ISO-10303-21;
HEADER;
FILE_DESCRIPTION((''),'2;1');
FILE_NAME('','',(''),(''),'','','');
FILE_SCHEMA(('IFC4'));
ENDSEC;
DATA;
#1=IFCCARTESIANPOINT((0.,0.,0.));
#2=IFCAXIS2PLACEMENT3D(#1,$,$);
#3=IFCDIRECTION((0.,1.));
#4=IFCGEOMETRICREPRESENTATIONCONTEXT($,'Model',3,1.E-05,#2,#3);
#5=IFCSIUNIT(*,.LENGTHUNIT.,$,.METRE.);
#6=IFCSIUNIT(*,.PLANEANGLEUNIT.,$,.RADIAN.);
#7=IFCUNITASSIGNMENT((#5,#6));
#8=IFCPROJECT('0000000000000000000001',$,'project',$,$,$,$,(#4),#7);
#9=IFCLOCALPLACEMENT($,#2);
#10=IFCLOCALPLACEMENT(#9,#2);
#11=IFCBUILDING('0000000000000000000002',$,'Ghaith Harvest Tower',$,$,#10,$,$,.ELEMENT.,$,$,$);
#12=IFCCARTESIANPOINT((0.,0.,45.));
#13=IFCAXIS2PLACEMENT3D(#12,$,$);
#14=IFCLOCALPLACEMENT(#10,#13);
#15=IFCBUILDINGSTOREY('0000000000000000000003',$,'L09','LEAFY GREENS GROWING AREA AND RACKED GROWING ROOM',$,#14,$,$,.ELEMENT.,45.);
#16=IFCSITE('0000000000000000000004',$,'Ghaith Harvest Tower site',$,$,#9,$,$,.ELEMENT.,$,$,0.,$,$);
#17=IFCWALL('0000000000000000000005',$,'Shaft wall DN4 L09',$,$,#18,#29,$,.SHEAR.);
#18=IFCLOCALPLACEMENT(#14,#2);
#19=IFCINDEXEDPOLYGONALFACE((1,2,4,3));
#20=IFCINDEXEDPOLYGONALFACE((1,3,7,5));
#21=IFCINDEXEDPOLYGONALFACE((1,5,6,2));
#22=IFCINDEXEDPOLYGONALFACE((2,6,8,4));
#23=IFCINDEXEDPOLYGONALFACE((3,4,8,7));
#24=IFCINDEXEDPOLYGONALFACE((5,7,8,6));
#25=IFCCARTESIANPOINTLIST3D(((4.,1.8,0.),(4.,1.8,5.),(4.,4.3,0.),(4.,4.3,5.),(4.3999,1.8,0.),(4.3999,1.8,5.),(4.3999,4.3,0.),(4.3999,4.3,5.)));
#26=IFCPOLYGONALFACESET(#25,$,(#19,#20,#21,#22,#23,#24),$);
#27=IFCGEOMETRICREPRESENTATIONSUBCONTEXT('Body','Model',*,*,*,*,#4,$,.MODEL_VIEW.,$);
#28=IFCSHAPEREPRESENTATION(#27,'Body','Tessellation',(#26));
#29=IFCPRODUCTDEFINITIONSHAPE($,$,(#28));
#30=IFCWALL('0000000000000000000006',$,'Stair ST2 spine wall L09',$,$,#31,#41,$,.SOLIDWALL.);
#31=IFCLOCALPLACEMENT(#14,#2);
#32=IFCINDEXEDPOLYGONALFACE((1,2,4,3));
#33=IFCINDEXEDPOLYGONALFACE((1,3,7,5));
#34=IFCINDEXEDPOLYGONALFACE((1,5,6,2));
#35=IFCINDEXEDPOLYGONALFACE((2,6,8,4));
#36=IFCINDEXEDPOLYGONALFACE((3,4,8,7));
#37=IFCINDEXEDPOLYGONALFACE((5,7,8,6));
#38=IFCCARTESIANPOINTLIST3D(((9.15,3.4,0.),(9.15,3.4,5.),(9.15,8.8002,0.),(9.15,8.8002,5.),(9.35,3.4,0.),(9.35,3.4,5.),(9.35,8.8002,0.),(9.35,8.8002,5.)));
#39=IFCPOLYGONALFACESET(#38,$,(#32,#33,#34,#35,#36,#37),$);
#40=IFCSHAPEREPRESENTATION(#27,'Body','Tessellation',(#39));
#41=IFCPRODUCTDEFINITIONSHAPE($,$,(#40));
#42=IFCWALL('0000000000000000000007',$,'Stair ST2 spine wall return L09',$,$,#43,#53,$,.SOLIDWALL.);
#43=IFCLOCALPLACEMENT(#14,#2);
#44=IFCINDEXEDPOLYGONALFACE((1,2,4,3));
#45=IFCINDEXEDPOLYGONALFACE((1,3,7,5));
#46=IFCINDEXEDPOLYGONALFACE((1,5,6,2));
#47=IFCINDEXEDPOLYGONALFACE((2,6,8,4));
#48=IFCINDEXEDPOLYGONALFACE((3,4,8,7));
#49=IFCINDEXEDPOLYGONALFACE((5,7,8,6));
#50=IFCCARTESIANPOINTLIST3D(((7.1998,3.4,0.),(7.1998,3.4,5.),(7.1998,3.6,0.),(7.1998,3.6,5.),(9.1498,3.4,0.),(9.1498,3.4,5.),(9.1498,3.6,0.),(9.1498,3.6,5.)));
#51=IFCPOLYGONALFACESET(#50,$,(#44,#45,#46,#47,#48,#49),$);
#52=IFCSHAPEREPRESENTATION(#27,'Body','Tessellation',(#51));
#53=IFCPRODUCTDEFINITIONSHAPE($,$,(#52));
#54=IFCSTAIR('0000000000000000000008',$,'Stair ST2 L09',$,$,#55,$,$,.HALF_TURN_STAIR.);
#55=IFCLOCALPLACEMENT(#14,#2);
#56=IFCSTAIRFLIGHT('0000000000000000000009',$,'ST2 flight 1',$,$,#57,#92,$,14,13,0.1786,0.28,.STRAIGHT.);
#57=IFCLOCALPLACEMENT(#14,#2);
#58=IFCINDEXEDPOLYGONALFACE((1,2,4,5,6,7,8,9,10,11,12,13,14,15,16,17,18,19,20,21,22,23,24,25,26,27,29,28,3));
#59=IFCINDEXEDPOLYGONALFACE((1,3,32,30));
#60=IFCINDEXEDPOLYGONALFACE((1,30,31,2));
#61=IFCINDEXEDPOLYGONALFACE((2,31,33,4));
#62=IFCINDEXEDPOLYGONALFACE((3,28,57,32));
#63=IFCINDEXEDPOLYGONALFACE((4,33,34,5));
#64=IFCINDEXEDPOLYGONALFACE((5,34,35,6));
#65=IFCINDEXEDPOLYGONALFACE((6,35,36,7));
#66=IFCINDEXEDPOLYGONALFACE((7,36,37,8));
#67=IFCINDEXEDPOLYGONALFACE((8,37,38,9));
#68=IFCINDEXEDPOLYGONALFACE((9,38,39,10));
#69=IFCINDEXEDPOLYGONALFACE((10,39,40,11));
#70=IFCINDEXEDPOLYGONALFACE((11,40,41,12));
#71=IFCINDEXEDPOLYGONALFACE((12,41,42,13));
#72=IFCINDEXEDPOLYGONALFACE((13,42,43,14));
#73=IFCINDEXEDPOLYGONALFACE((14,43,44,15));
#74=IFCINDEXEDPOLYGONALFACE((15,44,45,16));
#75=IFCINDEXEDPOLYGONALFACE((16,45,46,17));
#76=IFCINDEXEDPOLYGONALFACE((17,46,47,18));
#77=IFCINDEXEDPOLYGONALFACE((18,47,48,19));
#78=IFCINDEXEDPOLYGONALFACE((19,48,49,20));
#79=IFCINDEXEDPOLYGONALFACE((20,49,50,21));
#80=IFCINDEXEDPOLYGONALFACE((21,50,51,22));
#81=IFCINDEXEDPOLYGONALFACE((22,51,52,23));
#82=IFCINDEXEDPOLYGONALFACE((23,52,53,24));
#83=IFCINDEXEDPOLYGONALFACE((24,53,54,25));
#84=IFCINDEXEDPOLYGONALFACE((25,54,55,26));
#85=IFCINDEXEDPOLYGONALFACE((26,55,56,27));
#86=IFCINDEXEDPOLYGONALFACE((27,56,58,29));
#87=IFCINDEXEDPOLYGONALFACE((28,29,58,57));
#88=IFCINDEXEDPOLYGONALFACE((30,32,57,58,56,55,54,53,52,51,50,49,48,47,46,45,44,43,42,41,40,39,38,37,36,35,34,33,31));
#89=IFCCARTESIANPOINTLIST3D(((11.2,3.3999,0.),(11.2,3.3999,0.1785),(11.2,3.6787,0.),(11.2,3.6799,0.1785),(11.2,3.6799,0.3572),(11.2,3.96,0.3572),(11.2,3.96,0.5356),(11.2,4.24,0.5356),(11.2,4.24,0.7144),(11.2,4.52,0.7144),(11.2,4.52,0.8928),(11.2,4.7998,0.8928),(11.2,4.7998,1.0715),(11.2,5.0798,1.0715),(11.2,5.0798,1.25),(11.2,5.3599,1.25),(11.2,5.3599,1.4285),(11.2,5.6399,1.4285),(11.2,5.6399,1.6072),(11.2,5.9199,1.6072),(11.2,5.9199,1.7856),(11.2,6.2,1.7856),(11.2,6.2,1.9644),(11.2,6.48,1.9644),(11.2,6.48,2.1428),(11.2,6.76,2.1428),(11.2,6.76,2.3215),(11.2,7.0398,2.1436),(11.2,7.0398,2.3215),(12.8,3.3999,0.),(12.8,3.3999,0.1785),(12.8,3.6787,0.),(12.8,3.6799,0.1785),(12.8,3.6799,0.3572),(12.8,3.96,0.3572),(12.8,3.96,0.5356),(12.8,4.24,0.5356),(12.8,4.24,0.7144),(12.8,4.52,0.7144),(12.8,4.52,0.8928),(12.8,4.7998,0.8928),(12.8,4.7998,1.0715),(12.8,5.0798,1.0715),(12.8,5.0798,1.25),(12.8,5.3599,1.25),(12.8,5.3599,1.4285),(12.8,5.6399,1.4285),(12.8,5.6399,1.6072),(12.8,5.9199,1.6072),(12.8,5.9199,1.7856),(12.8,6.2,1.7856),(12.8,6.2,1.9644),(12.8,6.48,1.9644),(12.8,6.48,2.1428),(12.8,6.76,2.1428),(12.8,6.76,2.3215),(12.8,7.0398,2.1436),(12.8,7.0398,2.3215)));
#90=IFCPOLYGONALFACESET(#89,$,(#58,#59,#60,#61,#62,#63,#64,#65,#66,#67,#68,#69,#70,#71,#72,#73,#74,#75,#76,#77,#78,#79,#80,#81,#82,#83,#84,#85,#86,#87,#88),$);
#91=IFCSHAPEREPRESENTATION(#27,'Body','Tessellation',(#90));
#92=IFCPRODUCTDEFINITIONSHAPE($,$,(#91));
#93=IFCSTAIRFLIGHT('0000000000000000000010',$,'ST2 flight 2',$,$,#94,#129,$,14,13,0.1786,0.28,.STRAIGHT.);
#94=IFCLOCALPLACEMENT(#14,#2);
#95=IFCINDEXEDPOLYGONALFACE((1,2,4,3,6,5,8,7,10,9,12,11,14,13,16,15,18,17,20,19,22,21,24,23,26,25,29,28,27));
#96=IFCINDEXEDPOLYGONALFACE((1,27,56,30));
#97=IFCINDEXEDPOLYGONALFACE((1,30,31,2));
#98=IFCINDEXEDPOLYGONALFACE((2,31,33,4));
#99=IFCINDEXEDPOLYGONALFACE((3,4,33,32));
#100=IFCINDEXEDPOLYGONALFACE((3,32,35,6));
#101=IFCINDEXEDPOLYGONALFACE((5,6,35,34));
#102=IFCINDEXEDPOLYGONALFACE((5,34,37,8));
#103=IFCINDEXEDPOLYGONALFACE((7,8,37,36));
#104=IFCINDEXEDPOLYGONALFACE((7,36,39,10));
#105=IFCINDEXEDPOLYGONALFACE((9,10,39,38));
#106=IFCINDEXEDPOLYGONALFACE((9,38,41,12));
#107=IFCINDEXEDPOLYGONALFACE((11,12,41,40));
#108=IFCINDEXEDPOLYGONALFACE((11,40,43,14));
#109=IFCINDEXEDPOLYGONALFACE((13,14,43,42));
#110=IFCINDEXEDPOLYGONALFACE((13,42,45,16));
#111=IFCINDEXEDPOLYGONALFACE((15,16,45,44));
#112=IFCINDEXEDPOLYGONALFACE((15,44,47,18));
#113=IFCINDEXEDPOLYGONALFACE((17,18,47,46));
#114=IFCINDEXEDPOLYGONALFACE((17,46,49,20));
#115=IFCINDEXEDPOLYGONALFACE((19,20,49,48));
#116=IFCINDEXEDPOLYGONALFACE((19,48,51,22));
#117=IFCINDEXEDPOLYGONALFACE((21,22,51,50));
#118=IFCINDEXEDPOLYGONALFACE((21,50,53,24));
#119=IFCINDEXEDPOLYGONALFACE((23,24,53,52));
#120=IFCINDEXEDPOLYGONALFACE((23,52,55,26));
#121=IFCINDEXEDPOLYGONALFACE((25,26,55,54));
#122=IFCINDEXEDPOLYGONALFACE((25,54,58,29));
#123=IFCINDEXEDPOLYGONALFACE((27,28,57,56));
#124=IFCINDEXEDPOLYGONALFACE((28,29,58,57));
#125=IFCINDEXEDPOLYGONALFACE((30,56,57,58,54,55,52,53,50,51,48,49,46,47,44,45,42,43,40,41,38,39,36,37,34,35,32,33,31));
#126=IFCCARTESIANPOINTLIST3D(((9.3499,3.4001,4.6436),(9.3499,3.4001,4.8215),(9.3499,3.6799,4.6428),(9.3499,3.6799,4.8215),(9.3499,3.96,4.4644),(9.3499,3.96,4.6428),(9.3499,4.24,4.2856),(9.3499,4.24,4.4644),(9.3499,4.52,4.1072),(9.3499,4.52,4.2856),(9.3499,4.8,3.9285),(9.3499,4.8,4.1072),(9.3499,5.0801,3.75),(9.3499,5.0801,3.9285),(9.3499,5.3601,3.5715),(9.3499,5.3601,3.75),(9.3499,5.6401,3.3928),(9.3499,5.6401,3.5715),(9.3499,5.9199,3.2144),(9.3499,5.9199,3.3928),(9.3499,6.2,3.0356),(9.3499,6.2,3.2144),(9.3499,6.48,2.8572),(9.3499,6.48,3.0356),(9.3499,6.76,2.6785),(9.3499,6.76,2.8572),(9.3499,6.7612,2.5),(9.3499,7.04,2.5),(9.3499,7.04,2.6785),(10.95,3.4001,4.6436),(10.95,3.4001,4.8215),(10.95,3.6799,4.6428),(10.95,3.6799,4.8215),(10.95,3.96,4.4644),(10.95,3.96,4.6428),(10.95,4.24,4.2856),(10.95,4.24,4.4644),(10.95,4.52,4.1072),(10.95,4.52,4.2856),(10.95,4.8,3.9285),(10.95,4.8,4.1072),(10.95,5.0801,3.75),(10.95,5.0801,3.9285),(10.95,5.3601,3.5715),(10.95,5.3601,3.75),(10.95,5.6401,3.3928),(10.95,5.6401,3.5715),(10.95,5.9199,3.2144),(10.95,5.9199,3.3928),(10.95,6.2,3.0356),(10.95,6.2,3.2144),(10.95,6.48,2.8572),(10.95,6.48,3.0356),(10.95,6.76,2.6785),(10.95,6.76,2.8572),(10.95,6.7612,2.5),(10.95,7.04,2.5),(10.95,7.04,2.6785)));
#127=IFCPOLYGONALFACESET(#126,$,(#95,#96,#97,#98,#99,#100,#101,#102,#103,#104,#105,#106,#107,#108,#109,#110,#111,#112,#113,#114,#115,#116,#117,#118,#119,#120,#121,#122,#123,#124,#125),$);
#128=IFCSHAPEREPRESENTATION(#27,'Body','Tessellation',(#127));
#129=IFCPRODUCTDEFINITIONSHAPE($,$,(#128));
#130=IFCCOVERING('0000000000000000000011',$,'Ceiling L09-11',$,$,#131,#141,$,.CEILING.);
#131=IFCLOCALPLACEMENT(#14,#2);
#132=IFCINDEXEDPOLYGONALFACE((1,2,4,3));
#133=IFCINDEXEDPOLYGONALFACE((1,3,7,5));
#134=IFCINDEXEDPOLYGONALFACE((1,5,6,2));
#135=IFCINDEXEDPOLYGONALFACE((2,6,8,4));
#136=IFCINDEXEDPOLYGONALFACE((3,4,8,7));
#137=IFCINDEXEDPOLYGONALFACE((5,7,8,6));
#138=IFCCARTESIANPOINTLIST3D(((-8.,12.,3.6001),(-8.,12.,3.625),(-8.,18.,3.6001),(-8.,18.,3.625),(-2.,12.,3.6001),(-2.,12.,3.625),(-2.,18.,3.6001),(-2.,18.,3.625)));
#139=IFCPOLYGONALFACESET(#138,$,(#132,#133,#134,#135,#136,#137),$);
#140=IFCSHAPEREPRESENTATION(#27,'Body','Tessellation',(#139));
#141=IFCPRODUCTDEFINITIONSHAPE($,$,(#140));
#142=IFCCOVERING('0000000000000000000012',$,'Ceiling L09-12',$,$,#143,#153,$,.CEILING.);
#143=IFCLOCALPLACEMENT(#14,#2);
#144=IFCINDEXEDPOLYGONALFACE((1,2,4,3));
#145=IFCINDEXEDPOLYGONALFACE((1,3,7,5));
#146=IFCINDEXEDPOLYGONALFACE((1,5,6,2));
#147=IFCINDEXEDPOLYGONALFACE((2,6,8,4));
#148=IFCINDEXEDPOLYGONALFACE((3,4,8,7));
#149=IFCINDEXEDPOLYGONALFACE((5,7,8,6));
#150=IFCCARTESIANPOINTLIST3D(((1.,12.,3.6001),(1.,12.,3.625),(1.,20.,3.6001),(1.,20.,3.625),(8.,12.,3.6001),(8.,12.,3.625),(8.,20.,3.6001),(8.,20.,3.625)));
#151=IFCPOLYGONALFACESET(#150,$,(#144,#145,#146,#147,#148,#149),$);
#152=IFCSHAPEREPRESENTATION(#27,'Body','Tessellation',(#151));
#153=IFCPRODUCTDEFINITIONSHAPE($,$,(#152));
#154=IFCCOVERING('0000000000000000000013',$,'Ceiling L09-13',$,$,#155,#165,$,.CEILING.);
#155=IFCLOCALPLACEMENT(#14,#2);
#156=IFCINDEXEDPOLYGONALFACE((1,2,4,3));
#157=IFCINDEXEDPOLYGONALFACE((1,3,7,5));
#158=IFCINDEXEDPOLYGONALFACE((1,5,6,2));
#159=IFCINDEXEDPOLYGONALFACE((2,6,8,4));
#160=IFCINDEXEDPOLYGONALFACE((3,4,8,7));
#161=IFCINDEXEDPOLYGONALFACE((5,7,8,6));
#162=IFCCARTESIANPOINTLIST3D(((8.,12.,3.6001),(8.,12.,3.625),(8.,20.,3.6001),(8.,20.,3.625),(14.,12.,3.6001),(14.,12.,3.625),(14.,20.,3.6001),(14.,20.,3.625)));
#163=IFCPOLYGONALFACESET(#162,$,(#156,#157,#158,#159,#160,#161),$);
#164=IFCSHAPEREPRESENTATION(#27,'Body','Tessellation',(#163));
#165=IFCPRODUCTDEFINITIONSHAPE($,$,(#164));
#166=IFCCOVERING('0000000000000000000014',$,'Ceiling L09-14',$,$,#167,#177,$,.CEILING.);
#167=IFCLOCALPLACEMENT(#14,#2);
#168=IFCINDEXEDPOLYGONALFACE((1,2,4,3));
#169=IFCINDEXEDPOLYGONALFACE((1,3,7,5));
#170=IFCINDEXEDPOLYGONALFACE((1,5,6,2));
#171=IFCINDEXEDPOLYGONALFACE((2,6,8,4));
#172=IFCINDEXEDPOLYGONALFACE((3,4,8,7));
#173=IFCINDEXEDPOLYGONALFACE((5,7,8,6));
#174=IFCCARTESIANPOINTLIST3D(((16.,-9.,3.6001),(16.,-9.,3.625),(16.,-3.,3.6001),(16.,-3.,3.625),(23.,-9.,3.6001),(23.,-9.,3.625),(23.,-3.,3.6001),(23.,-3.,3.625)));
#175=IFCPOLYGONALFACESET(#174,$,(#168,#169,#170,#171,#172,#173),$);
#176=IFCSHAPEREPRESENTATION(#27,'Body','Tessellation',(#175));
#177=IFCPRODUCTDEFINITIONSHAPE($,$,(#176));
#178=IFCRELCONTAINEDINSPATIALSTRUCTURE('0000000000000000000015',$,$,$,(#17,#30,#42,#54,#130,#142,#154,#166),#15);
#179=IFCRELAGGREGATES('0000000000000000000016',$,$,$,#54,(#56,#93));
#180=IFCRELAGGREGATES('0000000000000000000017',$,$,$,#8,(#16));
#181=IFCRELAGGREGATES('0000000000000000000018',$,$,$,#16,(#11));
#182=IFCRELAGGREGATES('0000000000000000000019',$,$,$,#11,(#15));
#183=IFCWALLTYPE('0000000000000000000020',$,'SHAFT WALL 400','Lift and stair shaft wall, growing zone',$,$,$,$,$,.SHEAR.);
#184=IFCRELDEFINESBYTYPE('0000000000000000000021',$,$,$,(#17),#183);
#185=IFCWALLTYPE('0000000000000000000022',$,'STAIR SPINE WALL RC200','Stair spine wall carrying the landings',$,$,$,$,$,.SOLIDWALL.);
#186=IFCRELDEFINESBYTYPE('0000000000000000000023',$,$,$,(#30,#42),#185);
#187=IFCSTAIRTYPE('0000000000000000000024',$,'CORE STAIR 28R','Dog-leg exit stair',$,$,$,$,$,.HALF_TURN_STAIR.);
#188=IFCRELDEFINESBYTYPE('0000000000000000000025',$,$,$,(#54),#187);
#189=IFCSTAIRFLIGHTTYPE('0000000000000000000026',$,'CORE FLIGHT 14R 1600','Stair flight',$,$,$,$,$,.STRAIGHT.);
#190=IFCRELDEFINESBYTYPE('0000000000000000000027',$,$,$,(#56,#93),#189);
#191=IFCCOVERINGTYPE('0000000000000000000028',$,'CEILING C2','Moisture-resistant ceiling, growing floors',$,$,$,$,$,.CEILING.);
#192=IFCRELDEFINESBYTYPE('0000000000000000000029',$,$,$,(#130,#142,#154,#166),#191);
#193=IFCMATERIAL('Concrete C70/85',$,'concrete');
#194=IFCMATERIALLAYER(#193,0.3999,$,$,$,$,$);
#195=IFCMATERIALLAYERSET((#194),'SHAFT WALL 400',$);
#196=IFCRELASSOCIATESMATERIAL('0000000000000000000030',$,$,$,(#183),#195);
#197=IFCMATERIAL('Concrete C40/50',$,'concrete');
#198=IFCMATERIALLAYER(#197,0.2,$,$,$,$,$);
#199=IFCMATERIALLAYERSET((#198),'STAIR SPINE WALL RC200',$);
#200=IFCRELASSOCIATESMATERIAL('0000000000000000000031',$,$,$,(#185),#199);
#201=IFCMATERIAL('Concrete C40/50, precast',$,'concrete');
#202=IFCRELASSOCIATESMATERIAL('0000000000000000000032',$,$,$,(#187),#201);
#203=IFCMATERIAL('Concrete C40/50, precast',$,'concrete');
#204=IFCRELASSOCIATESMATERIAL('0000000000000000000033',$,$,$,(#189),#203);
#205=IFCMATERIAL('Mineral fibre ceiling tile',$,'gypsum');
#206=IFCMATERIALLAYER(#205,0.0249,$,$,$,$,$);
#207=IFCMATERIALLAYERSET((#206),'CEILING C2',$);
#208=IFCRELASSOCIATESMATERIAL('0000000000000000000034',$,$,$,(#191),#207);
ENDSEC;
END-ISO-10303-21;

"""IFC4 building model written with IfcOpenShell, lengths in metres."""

from ifc_helpers import new_model, si_unit, direction, frame, frame_2d, origin, place, context, subcontext, project, spatial, polyline, rectangle, outline, extrude, material, layer, layer_set, type_object, element, aggregate, save


model = new_model("IFC4")

# Units and contexts
model_context = context("Model", 3, precision=1e-05, world=origin(), true_north=direction((0.0, 1.0)))
body_context = subcontext(model_context, "Body", "Model", "MODEL_VIEW")
ifc_project = project(units=[si_unit("LENGTHUNIT", "METRE"), si_unit("PLANEANGLEUNIT", "RADIAN")], contexts=[model_context])

# Site, building, storey
site_placement = place(None, origin())
site = spatial("IfcSite", under=ifc_project, at=site_placement, Name="Ghaith Harvest Tower site", CompositionType="ELEMENT", RefElevation=0.0)
building_placement = place(site_placement, origin())
building = spatial("IfcBuilding", under=site, at=building_placement, Name="Ghaith Harvest Tower", CompositionType="ELEMENT")
storey_placement = place(building_placement, frame((0.0, 0.0, 45.0)))
storey = spatial("IfcBuildingStorey", under=building, at=storey_placement, Name="L09", Description="LEAFY GREENS GROWING AREA AND RACKED GROWING ROOM", CompositionType="ELEMENT", Elevation=45.0)

# Shared definitions
ifc_material_1 = material(Name="Concrete C70/85", Category="concrete")
ifc_layer_1 = layer(ifc_material_1, 0.3999)
ifc_layer_set_1 = layer_set([ifc_layer_1], Name="SHAFT WALL 400")
wall_type_1 = type_object("IfcWallType", Name="SHAFT WALL 400", Description="Lift and stair shaft wall, growing zone", PredefinedType="SHEAR", material=ifc_layer_set_1)

# Walls
for number, where, z_axis, x_axis, name in (
    (1, (4.2, 1.8, 0.0), (0.0, 0.0, 1.0), (0.0, 1.0, 0.0), "Shaft wall DN4 L09"),
):
    element("IfcWall", number, at=place(storey_placement, frame(where, z_axis=z_axis, x_axis=x_axis)), inside=storey, type_object=wall_type_1, Name=name, PredefinedType="SHEAR", context=body_context, shape_type="SweptSolid", body=[
        extrude(rectangle(XDim=2.5, YDim=0.3999, at=frame_2d((1.25, 0.0))), origin(), (0.0, 0.0, 1.0), 5.0),
    ])
ifc_material_2 = material(Name="Concrete C40/50", Category="concrete")
ifc_layer_2 = layer(ifc_material_2, 0.2)
ifc_layer_set_2 = layer_set([ifc_layer_2], Name="STAIR SPINE WALL RC200")
wall_type_2 = type_object("IfcWallType", Name="STAIR SPINE WALL RC200", Description="Stair spine wall carrying the landings", PredefinedType="SOLIDWALL", material=ifc_layer_set_2)
wall_1_placement = place(storey_placement, frame((9.25, 3.3999, 0.0), z_axis=(0.0, 0.0, 1.0), x_axis=(0.0, 1.0, 0.0)))
element("IfcWall", 2, at=wall_1_placement, inside=storey, type_object=wall_type_2, Name="Stair ST2 spine wall L09", PredefinedType="SOLIDWALL", context=body_context, shape_type="SweptSolid", body=[
    extrude(rectangle(XDim=5.4001, YDim=0.2, at=frame_2d((2.7002, 0.0))), origin(), (0.0, 0.0, 1.0), 5.0),
])
wall_2_placement = place(storey_placement, frame((9.1499, 3.5, 0.0), z_axis=(0.0, 0.0, 1.0), x_axis=(-1.0, 0.0, 0.0)))
element("IfcWall", 3, at=wall_2_placement, inside=storey, type_object=wall_type_2, Name="Stair ST2 spine wall return L09", PredefinedType="SOLIDWALL", context=body_context, shape_type="SweptSolid", body=[
    extrude(rectangle(XDim=1.95, YDim=0.2, at=frame_2d((0.9751, 0.0))), origin(), (0.0, 0.0, 1.0), 5.0),
])

# Stair, stair flights
ifc_material_3 = material(Name="Concrete C40/50, precast", Category="concrete")
stair_type = type_object("IfcStairType", Name="CORE STAIR 28R", Description="Dog-leg exit stair", PredefinedType="HALF_TURN_STAIR", material=ifc_material_3)
stair_placement = place(storey_placement, origin())
stair = element("IfcStair", 4, at=stair_placement, inside=storey, type_object=stair_type, Name="Stair ST2 L09", PredefinedType="HALF_TURN_STAIR")
ifc_material_4 = material(Name="Concrete C40/50, precast", Category="concrete")
stair_flight_type = type_object("IfcStairFlightType", Name="CORE FLIGHT 14R 1600", Description="Stair flight", PredefinedType="STRAIGHT", material=ifc_material_4)
stair_flight_1_placement = place(storey_placement, frame((12.0, 3.3999, 0.0), z_axis=(0.0, 0.0, 1.0), x_axis=(0.0, 1.0, 0.0)))
stair_flight_1 = element("IfcStairFlight", 5, at=stair_flight_1_placement, type_object=stair_flight_type, Name="ST2 flight 1", NumberOfRisers=14, NumberOfTreads=13, PredefinedType="STRAIGHT", RiserHeight=0.1786, TreadLength=0.28, context=body_context, shape_type="SweptSolid", body=[
    extrude(outline(polyline([(0.0, 0.0), (0.0, 0.1785), (0.28, 0.1785), (0.28, 0.3572), (0.5601, 0.3572), (0.5601, 0.5356), (0.8401, 0.5356), (0.8401, 0.7144), (1.1201, 0.7144), (1.1201, 0.8928), (1.3999, 0.8928), (1.3999, 1.0715), (1.6799, 1.0715), (1.6799, 1.25), (1.96, 1.25), (1.96, 1.4285), (2.24, 1.4285), (2.24, 1.6072), (2.52, 1.6072), (2.52, 1.7856), (2.8, 1.7856), (2.8, 1.9644), (3.0801, 1.9644), (3.0801, 2.1428), (3.3601, 2.1428), (3.3601, 2.3215), (3.6399, 2.3215), (3.6399, 2.5), (3.6399, 2.1436), (0.2788, 0.0), (0.0, 0.0)])), frame((0.0, 0.8, 0.0), z_axis=(0.0, -1.0, 0.0), x_axis=(1.0, 0.0, 0.0)), (0.0, 0.0, 1.0), 1.6001),
])
stair_flight_2_placement = place(storey_placement, frame((10.1499, 7.04, 2.5), z_axis=(0.0, 0.0, 1.0), x_axis=(0.0, -1.0, 0.0)))
stair_flight_2 = element("IfcStairFlight", 6, at=stair_flight_2_placement, type_object=stair_flight_type, Name="ST2 flight 2", NumberOfRisers=14, NumberOfTreads=13, PredefinedType="STRAIGHT", RiserHeight=0.1786, TreadLength=0.28, context=body_context, shape_type="SweptSolid", body=[
    extrude(outline(polyline([(0.0, 0.0), (0.0, 0.1785), (0.28, 0.1785), (0.28, 0.3572), (0.5601, 0.3572), (0.5601, 0.5356), (0.8401, 0.5356), (0.8401, 0.7144), (1.1201, 0.7144), (1.1201, 0.8928), (1.3999, 0.8928), (1.3999, 1.0715), (1.6799, 1.0715), (1.6799, 1.25), (1.96, 1.25), (1.96, 1.4285), (2.24, 1.4285), (2.24, 1.6072), (2.52, 1.6072), (2.52, 1.7856), (2.8, 1.7856), (2.8, 1.9644), (3.0801, 1.9644), (3.0801, 2.1428), (3.3601, 2.1428), (3.3601, 2.3215), (3.6399, 2.3215), (3.6399, 2.5), (3.6399, 2.1436), (0.2788, 0.0), (0.0, 0.0)])), frame((0.0, 0.8, 0.0), z_axis=(0.0, -1.0, 0.0), x_axis=(1.0, 0.0, 0.0)), (0.0, 0.0, 1.0), 1.6001),
])
aggregate(stair, [stair_flight_1, stair_flight_2])

# Coverings
ifc_material_5 = material(Name="Mineral fibre ceiling tile", Category="gypsum")
ifc_layer_3 = layer(ifc_material_5, 0.0249)
ifc_layer_set_3 = layer_set([ifc_layer_3], Name="CEILING C2")
covering_type = type_object("IfcCoveringType", Name="CEILING C2", Description="Moisture-resistant ceiling, growing floors", PredefinedType="CEILING", material=ifc_layer_set_3)
covering_1_placement = place(storey_placement, frame((0.0, 0.0, 3.6001)))
element("IfcCovering", 7, at=covering_1_placement, inside=storey, type_object=covering_type, Name="Ceiling L09-11", PredefinedType="CEILING", context=body_context, shape_type="SweptSolid", body=[
    extrude(outline(polyline([(-8.0, 12.0), (-2.0, 12.0), (-2.0, 18.0), (-8.0, 18.0), (-8.0, 12.0)])), origin(), (0.0, 0.0, 1.0), 0.0249),
])
covering_2_placement = place(storey_placement, frame((0.0, 0.0, 3.6001)))
element("IfcCovering", 8, at=covering_2_placement, inside=storey, type_object=covering_type, Name="Ceiling L09-12", PredefinedType="CEILING", context=body_context, shape_type="SweptSolid", body=[
    extrude(outline(polyline([(1.0, 12.0), (8.0, 12.0), (8.0, 20.0), (1.0, 20.0), (1.0, 12.0)])), origin(), (0.0, 0.0, 1.0), 0.0249),
])
covering_3_placement = place(storey_placement, frame((0.0, 0.0, 3.6001)))
element("IfcCovering", 9, at=covering_3_placement, inside=storey, type_object=covering_type, Name="Ceiling L09-13", PredefinedType="CEILING", context=body_context, shape_type="SweptSolid", body=[
    extrude(outline(polyline([(8.0, 12.0), (14.0, 12.0), (14.0, 20.0), (8.0, 20.0), (8.0, 12.0)])), origin(), (0.0, 0.0, 1.0), 0.0249),
])
covering_4_placement = place(storey_placement, frame((0.0, 0.0, 3.6001)))
element("IfcCovering", 10, at=covering_4_placement, inside=storey, type_object=covering_type, Name="Ceiling L09-14", PredefinedType="CEILING", context=body_context, shape_type="SweptSolid", body=[
    extrude(outline(polyline([(16.0, -9.0), (23.0, -9.0), (23.0, -3.0), (16.0, -3.0), (16.0, -9.0)])), origin(), (0.0, 0.0, 1.0), 0.0249),
])

save(model, "model.ifc")
